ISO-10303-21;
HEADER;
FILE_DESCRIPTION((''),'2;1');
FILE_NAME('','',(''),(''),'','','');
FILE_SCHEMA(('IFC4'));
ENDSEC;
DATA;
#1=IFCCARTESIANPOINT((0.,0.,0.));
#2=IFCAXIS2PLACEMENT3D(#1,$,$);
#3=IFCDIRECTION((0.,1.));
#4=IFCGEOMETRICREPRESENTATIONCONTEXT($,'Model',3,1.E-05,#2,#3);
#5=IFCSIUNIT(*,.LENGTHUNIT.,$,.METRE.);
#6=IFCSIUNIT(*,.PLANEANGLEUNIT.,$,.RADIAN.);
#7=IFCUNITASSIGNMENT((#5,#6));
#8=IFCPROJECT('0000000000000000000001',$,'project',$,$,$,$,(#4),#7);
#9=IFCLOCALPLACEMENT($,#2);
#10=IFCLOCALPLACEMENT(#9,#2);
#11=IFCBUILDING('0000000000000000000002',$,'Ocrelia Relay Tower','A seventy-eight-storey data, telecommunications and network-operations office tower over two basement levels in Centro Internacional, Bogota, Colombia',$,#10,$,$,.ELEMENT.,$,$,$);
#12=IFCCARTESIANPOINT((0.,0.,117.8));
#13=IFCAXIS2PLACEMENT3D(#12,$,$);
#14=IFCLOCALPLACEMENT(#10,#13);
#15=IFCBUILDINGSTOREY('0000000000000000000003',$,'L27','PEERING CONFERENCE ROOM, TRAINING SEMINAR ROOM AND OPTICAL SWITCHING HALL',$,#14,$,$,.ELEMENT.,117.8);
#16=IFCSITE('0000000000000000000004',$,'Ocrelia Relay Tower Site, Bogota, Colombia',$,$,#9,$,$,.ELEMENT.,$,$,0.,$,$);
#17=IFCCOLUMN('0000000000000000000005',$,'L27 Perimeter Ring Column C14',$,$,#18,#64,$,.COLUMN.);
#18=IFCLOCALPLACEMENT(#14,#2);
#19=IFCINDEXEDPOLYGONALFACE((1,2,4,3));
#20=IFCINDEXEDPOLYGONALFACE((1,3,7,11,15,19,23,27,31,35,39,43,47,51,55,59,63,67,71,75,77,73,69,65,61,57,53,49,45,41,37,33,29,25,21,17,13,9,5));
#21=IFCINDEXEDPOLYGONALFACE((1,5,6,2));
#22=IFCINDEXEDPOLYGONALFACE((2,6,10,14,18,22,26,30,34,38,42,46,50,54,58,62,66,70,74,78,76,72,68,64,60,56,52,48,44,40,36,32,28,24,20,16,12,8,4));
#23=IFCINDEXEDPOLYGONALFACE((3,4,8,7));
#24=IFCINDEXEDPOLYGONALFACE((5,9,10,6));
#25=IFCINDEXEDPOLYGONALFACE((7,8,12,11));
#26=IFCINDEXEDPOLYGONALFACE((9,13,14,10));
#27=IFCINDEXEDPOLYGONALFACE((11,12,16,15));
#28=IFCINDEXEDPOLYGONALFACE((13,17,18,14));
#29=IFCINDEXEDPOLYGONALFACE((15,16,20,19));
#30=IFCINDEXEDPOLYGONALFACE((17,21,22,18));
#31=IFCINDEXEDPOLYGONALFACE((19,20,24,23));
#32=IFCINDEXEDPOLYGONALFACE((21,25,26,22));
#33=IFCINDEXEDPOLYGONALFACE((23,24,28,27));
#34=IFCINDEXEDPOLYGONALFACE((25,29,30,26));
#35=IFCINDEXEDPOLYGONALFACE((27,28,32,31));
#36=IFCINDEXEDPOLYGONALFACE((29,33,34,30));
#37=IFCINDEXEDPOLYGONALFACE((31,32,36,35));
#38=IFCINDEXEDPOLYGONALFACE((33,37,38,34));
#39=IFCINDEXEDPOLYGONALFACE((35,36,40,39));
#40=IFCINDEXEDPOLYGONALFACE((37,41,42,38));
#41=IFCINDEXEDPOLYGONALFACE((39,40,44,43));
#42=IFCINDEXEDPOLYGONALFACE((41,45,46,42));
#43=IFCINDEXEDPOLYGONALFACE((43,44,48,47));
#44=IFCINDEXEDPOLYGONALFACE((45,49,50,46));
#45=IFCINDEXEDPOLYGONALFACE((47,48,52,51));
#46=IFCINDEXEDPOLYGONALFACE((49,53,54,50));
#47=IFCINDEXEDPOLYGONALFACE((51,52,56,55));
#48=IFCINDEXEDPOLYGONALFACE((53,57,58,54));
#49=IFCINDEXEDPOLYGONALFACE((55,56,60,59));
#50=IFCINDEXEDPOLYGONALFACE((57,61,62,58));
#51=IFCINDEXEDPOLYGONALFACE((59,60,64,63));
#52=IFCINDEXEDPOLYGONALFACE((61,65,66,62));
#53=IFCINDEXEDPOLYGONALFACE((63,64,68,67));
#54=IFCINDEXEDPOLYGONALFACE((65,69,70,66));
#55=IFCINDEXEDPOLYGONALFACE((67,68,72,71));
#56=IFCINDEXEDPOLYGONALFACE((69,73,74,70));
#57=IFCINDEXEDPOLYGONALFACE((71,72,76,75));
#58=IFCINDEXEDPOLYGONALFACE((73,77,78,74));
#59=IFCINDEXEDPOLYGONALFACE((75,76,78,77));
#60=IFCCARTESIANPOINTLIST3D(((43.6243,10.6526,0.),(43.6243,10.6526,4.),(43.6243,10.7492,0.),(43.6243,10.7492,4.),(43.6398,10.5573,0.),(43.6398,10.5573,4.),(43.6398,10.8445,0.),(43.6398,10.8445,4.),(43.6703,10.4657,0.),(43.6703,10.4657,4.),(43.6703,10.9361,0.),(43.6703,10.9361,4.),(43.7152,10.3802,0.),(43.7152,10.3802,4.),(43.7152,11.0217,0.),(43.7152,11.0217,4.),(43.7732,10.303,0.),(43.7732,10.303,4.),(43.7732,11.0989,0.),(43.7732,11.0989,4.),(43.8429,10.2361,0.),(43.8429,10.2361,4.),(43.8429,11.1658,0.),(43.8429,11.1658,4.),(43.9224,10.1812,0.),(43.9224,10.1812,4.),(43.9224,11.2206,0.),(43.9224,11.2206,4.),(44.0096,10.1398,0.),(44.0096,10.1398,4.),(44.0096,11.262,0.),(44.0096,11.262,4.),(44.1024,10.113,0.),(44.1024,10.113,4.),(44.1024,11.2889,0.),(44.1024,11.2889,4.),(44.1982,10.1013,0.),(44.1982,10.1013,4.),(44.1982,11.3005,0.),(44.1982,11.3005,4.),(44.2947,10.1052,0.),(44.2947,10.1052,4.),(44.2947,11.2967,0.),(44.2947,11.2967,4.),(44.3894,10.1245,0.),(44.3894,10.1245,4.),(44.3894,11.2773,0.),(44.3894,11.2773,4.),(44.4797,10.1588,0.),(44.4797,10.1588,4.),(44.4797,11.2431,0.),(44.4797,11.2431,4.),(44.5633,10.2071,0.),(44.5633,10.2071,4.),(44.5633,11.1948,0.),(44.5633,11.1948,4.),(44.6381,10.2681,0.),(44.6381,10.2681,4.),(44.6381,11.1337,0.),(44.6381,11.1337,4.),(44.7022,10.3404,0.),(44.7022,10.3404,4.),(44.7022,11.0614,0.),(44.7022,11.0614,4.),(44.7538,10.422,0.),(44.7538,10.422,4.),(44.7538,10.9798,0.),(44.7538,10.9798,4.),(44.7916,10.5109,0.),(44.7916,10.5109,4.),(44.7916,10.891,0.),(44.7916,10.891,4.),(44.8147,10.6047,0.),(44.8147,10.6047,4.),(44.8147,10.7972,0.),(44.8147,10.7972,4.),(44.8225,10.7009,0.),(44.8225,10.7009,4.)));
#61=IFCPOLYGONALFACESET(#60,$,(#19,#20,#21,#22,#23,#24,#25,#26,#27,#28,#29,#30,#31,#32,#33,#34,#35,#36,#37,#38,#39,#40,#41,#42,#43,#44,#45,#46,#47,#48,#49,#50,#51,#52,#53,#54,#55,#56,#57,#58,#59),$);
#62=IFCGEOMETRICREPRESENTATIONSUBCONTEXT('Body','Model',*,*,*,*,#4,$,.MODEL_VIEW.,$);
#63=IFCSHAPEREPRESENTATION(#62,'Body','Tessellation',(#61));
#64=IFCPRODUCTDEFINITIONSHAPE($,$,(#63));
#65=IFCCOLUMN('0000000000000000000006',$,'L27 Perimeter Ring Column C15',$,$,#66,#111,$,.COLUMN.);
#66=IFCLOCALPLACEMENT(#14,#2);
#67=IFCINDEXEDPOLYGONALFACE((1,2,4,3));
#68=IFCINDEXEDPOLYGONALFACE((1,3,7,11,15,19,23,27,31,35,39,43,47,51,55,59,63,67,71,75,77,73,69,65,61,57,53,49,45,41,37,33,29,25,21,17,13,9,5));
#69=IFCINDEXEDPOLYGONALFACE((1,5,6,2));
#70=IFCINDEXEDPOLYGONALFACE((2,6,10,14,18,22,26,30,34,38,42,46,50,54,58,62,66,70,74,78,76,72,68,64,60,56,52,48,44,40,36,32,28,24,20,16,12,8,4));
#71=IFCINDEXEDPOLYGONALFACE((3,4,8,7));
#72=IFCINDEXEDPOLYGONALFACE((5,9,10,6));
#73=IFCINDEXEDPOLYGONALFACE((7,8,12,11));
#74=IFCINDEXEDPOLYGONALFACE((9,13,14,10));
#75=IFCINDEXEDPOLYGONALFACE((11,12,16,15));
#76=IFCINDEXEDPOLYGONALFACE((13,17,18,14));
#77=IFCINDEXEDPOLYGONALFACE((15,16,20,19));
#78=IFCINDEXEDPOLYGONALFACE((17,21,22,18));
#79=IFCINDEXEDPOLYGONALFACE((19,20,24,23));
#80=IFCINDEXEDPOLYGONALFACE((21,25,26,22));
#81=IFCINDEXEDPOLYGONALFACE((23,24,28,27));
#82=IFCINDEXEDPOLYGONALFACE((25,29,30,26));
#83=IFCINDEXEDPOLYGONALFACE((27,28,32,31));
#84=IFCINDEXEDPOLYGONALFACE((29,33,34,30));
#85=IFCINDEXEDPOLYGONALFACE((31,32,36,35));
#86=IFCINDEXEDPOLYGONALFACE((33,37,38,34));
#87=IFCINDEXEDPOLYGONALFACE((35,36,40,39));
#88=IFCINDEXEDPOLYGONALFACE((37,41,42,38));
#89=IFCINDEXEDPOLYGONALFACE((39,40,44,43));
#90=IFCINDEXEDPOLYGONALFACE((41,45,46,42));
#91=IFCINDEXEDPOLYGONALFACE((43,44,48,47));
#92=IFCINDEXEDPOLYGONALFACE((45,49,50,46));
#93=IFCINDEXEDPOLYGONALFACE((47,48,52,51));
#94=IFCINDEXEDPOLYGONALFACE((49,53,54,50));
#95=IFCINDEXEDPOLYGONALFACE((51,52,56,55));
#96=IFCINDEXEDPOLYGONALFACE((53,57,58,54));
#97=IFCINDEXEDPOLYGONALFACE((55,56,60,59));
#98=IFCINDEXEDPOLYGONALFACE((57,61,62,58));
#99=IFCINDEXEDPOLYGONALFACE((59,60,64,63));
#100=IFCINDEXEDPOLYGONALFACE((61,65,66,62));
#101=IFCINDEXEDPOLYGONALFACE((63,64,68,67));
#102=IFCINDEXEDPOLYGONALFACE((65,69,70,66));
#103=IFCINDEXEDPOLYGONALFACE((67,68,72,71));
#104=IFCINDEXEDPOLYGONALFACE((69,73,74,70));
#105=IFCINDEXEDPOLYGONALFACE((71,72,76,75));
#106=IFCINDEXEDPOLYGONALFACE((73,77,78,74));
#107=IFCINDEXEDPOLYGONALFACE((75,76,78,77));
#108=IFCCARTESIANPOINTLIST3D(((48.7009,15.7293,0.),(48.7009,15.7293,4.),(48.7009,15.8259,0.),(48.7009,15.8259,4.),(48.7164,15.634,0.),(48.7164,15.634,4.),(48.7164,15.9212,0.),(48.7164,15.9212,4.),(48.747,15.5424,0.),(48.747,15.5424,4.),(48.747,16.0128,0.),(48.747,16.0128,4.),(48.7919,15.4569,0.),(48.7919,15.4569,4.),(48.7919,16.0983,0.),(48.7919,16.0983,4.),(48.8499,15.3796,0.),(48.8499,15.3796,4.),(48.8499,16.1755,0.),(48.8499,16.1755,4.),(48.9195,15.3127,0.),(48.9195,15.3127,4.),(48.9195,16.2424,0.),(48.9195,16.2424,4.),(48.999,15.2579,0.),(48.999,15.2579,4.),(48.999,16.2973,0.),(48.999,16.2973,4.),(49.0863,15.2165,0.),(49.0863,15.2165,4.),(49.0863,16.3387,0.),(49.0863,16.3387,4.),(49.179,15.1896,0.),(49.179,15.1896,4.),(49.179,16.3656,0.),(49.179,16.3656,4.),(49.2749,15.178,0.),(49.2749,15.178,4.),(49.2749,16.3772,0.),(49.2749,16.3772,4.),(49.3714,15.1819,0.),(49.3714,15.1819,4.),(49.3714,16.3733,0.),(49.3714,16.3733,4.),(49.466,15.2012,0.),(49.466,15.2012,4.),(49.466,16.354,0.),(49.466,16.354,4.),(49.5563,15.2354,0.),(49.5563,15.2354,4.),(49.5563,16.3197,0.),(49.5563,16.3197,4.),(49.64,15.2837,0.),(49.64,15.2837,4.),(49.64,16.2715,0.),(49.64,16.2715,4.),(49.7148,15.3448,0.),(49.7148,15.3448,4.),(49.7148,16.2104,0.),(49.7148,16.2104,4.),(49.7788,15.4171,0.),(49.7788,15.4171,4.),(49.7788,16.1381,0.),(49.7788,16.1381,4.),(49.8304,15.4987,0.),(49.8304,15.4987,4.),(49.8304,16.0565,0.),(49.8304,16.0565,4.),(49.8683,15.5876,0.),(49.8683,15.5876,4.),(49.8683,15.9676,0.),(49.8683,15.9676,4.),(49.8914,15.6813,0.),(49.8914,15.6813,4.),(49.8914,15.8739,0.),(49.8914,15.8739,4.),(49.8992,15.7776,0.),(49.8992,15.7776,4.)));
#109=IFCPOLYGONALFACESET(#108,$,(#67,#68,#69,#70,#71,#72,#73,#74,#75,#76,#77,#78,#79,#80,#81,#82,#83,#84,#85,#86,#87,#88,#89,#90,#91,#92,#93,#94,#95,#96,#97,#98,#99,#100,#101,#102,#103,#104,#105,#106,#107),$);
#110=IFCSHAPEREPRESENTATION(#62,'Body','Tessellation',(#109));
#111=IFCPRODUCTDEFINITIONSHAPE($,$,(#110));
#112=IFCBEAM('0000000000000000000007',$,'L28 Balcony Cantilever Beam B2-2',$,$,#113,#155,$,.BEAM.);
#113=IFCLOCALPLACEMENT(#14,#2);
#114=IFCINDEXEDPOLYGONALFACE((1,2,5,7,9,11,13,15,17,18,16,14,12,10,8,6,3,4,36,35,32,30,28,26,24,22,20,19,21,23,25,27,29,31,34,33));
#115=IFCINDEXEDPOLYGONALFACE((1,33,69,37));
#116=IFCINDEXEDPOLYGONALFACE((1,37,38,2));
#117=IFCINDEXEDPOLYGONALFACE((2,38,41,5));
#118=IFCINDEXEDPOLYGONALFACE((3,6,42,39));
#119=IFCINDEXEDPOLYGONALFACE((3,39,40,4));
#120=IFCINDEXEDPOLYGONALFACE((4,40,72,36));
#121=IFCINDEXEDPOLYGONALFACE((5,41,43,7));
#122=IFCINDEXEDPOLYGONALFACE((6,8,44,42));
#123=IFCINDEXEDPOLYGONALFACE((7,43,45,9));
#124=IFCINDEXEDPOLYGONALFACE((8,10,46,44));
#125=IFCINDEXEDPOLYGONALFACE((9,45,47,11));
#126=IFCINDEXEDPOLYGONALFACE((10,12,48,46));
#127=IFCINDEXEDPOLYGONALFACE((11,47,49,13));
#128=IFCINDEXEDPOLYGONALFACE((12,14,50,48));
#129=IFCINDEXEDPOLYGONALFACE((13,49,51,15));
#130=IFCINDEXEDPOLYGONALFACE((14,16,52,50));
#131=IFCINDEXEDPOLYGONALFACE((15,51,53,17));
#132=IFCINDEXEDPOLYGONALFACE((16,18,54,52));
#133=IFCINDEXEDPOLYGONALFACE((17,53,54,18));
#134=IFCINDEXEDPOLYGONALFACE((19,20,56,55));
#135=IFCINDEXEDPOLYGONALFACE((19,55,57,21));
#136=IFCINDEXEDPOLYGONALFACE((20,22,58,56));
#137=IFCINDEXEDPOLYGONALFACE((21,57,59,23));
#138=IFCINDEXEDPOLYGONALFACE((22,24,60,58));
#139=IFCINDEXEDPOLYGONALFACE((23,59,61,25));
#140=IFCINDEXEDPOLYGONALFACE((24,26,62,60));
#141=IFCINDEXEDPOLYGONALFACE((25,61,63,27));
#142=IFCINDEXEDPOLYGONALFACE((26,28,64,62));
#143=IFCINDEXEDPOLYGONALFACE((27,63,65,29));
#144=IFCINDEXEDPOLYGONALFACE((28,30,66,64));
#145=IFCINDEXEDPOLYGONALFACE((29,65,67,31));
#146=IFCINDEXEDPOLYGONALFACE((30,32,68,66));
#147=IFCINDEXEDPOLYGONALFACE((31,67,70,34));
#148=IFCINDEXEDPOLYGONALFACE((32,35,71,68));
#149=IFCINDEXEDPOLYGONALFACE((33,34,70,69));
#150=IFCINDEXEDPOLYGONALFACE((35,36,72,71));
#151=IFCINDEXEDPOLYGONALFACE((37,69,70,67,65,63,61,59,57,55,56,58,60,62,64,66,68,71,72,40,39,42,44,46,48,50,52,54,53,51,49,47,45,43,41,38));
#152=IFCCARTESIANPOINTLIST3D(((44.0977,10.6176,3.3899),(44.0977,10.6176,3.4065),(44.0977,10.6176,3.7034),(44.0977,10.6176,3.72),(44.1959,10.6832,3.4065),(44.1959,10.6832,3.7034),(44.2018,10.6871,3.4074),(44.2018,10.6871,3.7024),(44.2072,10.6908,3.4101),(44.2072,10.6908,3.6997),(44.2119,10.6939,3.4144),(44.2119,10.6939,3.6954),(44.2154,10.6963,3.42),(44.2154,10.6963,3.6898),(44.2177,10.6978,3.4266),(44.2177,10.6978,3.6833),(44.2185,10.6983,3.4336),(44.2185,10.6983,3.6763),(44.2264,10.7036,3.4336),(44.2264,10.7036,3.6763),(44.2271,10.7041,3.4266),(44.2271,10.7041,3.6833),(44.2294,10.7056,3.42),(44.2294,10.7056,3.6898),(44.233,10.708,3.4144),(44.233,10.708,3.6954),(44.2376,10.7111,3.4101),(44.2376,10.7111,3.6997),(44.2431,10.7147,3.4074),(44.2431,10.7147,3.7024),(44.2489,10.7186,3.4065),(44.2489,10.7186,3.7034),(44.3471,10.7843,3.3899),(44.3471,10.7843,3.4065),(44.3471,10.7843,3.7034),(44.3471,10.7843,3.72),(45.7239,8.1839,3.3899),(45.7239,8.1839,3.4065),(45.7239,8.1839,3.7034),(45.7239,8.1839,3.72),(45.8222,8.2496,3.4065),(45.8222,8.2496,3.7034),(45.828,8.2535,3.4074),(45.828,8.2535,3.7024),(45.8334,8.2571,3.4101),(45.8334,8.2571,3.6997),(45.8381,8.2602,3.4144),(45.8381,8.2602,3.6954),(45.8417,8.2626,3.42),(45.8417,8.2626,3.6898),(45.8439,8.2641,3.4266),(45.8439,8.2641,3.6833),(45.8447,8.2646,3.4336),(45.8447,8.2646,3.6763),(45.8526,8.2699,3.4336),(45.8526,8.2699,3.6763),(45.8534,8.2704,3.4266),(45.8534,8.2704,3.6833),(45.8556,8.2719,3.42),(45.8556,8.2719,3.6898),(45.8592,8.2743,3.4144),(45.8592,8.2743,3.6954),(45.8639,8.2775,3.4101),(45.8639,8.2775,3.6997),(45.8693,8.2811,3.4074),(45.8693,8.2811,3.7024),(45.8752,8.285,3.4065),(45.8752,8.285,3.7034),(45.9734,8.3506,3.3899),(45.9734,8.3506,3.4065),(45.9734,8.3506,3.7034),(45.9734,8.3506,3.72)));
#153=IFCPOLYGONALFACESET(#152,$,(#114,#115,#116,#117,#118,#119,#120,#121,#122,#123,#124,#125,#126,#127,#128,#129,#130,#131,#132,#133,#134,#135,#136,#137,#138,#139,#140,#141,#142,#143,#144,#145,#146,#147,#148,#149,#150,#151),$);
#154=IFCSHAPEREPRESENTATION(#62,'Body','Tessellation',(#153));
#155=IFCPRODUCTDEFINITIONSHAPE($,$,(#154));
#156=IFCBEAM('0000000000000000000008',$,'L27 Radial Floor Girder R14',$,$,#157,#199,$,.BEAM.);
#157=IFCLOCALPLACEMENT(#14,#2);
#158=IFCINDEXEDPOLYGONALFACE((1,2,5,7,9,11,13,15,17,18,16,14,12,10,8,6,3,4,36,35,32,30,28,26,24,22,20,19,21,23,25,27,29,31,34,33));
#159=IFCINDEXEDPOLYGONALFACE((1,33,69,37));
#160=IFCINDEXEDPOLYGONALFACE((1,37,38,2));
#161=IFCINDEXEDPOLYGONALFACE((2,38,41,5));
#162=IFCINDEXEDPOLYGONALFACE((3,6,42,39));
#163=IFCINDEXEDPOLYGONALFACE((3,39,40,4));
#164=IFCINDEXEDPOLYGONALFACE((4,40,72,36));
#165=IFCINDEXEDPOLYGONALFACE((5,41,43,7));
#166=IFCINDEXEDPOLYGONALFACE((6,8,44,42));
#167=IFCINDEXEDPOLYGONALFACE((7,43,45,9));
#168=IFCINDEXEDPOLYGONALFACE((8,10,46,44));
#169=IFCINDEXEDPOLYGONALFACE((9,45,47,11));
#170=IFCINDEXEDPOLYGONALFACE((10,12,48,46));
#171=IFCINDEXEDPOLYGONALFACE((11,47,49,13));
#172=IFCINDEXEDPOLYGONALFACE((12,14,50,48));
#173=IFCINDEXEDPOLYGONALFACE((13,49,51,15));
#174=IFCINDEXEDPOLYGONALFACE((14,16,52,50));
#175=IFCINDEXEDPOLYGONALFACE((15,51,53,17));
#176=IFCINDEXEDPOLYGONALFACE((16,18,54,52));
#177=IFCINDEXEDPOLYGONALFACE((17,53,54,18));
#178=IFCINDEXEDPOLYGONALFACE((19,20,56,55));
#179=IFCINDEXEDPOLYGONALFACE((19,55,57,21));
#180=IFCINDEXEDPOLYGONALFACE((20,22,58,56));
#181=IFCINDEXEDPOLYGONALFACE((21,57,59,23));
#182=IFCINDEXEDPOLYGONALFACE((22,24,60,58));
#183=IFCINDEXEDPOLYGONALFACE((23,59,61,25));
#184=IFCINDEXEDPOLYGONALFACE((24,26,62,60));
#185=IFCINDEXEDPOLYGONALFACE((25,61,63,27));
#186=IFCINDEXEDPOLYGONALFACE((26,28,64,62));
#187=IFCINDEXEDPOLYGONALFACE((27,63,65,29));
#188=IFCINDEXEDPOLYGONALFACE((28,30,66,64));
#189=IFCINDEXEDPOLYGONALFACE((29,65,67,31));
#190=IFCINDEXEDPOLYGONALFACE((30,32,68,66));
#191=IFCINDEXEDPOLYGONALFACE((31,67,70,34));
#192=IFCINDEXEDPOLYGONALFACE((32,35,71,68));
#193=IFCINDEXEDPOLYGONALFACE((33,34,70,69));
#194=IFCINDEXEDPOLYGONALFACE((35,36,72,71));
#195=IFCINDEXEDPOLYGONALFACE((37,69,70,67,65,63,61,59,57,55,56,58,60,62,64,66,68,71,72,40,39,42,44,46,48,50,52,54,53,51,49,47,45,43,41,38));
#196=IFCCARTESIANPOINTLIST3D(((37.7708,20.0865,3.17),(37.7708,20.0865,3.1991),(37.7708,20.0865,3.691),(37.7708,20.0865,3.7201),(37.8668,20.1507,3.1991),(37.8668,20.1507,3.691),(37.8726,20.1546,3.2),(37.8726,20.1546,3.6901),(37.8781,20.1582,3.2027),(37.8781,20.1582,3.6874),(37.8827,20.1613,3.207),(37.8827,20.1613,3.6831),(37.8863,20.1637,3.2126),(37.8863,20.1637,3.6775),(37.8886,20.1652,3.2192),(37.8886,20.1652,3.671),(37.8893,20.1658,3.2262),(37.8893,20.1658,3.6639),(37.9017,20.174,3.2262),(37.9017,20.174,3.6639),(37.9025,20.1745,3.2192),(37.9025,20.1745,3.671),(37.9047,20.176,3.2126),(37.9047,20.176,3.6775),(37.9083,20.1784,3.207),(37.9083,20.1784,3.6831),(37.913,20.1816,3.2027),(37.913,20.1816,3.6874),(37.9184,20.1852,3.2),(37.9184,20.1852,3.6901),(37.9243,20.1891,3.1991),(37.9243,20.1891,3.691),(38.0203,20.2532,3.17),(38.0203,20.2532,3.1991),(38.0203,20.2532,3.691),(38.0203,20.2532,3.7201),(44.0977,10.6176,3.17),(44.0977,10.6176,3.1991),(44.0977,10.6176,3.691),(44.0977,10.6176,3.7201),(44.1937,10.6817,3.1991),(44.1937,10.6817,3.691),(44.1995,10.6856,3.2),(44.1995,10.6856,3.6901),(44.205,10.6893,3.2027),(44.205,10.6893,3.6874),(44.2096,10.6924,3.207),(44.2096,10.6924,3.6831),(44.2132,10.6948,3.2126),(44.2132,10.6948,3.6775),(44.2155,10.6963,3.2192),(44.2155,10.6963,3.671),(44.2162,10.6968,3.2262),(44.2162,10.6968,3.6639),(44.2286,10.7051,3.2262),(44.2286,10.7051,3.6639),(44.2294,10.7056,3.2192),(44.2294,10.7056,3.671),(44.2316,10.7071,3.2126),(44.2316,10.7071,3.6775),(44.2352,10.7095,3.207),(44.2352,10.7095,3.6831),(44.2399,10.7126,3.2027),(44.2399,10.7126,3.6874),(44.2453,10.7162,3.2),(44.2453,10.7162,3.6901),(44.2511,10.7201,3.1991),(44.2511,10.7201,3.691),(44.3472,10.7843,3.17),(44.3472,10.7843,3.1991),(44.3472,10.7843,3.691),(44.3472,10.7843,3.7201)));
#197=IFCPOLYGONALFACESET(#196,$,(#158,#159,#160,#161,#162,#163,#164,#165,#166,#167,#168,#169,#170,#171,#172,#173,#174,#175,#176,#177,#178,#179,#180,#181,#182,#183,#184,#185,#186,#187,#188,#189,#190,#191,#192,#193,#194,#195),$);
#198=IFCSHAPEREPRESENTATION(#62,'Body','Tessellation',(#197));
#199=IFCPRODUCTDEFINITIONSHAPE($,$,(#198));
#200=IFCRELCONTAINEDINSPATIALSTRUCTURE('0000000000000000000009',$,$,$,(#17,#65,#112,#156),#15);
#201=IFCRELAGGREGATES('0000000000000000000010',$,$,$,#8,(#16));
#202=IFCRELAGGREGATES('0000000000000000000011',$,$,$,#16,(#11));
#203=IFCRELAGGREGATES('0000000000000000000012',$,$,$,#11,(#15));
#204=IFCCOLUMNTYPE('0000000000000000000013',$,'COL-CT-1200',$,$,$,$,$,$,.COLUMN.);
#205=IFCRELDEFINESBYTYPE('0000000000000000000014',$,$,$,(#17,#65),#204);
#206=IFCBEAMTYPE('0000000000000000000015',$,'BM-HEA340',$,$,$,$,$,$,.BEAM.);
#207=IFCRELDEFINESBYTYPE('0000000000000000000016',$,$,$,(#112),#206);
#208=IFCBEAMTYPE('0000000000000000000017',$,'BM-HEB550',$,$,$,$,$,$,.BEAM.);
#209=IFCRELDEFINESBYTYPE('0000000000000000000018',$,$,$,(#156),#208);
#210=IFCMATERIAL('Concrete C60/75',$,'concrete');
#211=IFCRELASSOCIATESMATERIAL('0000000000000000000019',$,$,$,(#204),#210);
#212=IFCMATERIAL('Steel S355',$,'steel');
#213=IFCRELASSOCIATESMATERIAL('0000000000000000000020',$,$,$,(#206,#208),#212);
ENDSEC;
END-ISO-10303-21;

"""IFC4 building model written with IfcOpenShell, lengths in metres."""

from ifc_helpers import new_model, si_unit, direction, frame, origin, origin_2d, place, context, subcontext, project, spatial, circle, i_section, extrude, material, material_profile, profile_set, type_object, element, save


model = new_model("IFC4")

# Units and contexts
model_context = context("Model", 3, precision=1e-05, world=origin(), true_north=direction((0.0, 1.0)))
body_context = subcontext(model_context, "Body", "Model", "MODEL_VIEW")
ifc_project = project(units=[si_unit("LENGTHUNIT", "METRE"), si_unit("PLANEANGLEUNIT", "RADIAN")], contexts=[model_context])

# Site, building, storey
site_placement = place(None, origin())
site = spatial("IfcSite", under=ifc_project, at=site_placement, Name="Ocrelia Relay Tower Site, Bogota, Colombia", CompositionType="ELEMENT", RefElevation=0.0)
building_placement = place(site_placement, origin())
building = spatial("IfcBuilding", under=site, at=building_placement, Name="Ocrelia Relay Tower", Description="A seventy-eight-storey data, telecommunications and network-operations office tower over two basement levels in Centro Internacional, Bogota, Colombia", CompositionType="ELEMENT")
storey_placement = place(building_placement, frame((0.0, 0.0, 117.8)))
storey = spatial("IfcBuildingStorey", under=building, at=storey_placement, Name="L27", Description="PEERING CONFERENCE ROOM, TRAINING SEMINAR ROOM AND OPTICAL SWITCHING HALL", CompositionType="ELEMENT", Elevation=117.8)

# Columns
ifc_material_1 = material(Name="Concrete C60/75", Category="concrete")
ifc_material_profile_1 = material_profile(ifc_material_1, circle(Radius=0.6001, at=origin_2d()), Name="RC-CIR-1200")
ifc_profile_set_1 = profile_set([ifc_material_profile_1], Name="Concrete C60/75")
column_type = type_object("IfcColumnType", Name="COL-CT-1200", PredefinedType="COLUMN", material=ifc_profile_set_1)
for number, where, z_axis, x_axis, name in (
    (1, (44.2224, 10.7009, 0.0), (0.0, 0.0, 1.0), (1.0, 0.0, 0.0), "L27 Perimeter Ring Column C14"),
    (2, (49.2991, 15.7776, 0.0), (0.0, 0.0, 1.0), (1.0, 0.0, 0.0), "L27 Perimeter Ring Column C15"),
):
    element("IfcColumn", number, at=place(storey_placement, frame(where, z_axis=z_axis, x_axis=x_axis)), inside=storey, type_object=column_type, Name=name, PredefinedType="COLUMN", context=body_context, shape_type="SweptSolid", body=[
        extrude(circle(Radius=0.6001, at=origin_2d()), origin(), (0.0, 0.0, 1.0), 4.0),
    ])

# Beams
ifc_material_2 = material(Name="Steel S355", Category="steel")
ifc_material_profile_2 = material_profile(ifc_material_2, i_section(OverallWidth=0.3, OverallDepth=0.3301, WebThickness=0.0095, FlangeThickness=0.0166, FilletRadius=0.0271, at=origin_2d()), Name="HEA 340")
ifc_profile_set_2 = profile_set([ifc_material_profile_2], Name="Steel S355")
beam_type_1 = type_object("IfcBeamType", Name="BM-HEA340", PredefinedType="BEAM", material=ifc_profile_set_2)
beam_1_placement = place(storey_placement, frame((44.2224, 10.7009, 3.5549), z_axis=(0.555605, -0.831447, 0.0), x_axis=(0.831447, 0.555605, 0.0)))
element("IfcBeam", 3, at=beam_1_placement, inside=storey, type_object=beam_type_1, Name="L28 Balcony Cantilever Beam B2-2", PredefinedType="BEAM", context=body_context, shape_type="SweptSolid", body=[
    extrude(i_section(OverallWidth=0.3, OverallDepth=0.3301, WebThickness=0.0095, FlangeThickness=0.0166, FilletRadius=0.0271, at=origin_2d()), origin(), (0.0, 0.0, 1.0), 2.927),
])
ifc_material_profile_3 = material_profile(ifc_material_2, i_section(OverallWidth=0.3, OverallDepth=0.55, WebThickness=0.0149, FlangeThickness=0.0291, FilletRadius=0.0271, at=origin_2d()), Name="HEB 550")
ifc_profile_set_3 = profile_set([ifc_material_profile_3], Name="Steel S355")
beam_type_2 = type_object("IfcBeamType", Name="BM-HEB550", PredefinedType="BEAM", material=ifc_profile_set_3)
beam_2_placement = place(storey_placement, frame((44.2224, 10.7009, 3.4451), z_axis=(-0.555566, 0.831473, 0.0), x_axis=(-0.831473, -0.555566, 0.0)))
element("IfcBeam", 4, at=beam_2_placement, inside=storey, type_object=beam_type_2, Name="L27 Radial Floor Girder R14", PredefinedType="BEAM", context=body_context, shape_type="SweptSolid", body=[
    extrude(i_section(OverallWidth=0.3, OverallDepth=0.55, WebThickness=0.0149, FlangeThickness=0.0291, FilletRadius=0.0271, at=origin_2d()), origin(), (0.0, 0.0, 1.0), 11.3882),
])

save(model, "model.ifc")
